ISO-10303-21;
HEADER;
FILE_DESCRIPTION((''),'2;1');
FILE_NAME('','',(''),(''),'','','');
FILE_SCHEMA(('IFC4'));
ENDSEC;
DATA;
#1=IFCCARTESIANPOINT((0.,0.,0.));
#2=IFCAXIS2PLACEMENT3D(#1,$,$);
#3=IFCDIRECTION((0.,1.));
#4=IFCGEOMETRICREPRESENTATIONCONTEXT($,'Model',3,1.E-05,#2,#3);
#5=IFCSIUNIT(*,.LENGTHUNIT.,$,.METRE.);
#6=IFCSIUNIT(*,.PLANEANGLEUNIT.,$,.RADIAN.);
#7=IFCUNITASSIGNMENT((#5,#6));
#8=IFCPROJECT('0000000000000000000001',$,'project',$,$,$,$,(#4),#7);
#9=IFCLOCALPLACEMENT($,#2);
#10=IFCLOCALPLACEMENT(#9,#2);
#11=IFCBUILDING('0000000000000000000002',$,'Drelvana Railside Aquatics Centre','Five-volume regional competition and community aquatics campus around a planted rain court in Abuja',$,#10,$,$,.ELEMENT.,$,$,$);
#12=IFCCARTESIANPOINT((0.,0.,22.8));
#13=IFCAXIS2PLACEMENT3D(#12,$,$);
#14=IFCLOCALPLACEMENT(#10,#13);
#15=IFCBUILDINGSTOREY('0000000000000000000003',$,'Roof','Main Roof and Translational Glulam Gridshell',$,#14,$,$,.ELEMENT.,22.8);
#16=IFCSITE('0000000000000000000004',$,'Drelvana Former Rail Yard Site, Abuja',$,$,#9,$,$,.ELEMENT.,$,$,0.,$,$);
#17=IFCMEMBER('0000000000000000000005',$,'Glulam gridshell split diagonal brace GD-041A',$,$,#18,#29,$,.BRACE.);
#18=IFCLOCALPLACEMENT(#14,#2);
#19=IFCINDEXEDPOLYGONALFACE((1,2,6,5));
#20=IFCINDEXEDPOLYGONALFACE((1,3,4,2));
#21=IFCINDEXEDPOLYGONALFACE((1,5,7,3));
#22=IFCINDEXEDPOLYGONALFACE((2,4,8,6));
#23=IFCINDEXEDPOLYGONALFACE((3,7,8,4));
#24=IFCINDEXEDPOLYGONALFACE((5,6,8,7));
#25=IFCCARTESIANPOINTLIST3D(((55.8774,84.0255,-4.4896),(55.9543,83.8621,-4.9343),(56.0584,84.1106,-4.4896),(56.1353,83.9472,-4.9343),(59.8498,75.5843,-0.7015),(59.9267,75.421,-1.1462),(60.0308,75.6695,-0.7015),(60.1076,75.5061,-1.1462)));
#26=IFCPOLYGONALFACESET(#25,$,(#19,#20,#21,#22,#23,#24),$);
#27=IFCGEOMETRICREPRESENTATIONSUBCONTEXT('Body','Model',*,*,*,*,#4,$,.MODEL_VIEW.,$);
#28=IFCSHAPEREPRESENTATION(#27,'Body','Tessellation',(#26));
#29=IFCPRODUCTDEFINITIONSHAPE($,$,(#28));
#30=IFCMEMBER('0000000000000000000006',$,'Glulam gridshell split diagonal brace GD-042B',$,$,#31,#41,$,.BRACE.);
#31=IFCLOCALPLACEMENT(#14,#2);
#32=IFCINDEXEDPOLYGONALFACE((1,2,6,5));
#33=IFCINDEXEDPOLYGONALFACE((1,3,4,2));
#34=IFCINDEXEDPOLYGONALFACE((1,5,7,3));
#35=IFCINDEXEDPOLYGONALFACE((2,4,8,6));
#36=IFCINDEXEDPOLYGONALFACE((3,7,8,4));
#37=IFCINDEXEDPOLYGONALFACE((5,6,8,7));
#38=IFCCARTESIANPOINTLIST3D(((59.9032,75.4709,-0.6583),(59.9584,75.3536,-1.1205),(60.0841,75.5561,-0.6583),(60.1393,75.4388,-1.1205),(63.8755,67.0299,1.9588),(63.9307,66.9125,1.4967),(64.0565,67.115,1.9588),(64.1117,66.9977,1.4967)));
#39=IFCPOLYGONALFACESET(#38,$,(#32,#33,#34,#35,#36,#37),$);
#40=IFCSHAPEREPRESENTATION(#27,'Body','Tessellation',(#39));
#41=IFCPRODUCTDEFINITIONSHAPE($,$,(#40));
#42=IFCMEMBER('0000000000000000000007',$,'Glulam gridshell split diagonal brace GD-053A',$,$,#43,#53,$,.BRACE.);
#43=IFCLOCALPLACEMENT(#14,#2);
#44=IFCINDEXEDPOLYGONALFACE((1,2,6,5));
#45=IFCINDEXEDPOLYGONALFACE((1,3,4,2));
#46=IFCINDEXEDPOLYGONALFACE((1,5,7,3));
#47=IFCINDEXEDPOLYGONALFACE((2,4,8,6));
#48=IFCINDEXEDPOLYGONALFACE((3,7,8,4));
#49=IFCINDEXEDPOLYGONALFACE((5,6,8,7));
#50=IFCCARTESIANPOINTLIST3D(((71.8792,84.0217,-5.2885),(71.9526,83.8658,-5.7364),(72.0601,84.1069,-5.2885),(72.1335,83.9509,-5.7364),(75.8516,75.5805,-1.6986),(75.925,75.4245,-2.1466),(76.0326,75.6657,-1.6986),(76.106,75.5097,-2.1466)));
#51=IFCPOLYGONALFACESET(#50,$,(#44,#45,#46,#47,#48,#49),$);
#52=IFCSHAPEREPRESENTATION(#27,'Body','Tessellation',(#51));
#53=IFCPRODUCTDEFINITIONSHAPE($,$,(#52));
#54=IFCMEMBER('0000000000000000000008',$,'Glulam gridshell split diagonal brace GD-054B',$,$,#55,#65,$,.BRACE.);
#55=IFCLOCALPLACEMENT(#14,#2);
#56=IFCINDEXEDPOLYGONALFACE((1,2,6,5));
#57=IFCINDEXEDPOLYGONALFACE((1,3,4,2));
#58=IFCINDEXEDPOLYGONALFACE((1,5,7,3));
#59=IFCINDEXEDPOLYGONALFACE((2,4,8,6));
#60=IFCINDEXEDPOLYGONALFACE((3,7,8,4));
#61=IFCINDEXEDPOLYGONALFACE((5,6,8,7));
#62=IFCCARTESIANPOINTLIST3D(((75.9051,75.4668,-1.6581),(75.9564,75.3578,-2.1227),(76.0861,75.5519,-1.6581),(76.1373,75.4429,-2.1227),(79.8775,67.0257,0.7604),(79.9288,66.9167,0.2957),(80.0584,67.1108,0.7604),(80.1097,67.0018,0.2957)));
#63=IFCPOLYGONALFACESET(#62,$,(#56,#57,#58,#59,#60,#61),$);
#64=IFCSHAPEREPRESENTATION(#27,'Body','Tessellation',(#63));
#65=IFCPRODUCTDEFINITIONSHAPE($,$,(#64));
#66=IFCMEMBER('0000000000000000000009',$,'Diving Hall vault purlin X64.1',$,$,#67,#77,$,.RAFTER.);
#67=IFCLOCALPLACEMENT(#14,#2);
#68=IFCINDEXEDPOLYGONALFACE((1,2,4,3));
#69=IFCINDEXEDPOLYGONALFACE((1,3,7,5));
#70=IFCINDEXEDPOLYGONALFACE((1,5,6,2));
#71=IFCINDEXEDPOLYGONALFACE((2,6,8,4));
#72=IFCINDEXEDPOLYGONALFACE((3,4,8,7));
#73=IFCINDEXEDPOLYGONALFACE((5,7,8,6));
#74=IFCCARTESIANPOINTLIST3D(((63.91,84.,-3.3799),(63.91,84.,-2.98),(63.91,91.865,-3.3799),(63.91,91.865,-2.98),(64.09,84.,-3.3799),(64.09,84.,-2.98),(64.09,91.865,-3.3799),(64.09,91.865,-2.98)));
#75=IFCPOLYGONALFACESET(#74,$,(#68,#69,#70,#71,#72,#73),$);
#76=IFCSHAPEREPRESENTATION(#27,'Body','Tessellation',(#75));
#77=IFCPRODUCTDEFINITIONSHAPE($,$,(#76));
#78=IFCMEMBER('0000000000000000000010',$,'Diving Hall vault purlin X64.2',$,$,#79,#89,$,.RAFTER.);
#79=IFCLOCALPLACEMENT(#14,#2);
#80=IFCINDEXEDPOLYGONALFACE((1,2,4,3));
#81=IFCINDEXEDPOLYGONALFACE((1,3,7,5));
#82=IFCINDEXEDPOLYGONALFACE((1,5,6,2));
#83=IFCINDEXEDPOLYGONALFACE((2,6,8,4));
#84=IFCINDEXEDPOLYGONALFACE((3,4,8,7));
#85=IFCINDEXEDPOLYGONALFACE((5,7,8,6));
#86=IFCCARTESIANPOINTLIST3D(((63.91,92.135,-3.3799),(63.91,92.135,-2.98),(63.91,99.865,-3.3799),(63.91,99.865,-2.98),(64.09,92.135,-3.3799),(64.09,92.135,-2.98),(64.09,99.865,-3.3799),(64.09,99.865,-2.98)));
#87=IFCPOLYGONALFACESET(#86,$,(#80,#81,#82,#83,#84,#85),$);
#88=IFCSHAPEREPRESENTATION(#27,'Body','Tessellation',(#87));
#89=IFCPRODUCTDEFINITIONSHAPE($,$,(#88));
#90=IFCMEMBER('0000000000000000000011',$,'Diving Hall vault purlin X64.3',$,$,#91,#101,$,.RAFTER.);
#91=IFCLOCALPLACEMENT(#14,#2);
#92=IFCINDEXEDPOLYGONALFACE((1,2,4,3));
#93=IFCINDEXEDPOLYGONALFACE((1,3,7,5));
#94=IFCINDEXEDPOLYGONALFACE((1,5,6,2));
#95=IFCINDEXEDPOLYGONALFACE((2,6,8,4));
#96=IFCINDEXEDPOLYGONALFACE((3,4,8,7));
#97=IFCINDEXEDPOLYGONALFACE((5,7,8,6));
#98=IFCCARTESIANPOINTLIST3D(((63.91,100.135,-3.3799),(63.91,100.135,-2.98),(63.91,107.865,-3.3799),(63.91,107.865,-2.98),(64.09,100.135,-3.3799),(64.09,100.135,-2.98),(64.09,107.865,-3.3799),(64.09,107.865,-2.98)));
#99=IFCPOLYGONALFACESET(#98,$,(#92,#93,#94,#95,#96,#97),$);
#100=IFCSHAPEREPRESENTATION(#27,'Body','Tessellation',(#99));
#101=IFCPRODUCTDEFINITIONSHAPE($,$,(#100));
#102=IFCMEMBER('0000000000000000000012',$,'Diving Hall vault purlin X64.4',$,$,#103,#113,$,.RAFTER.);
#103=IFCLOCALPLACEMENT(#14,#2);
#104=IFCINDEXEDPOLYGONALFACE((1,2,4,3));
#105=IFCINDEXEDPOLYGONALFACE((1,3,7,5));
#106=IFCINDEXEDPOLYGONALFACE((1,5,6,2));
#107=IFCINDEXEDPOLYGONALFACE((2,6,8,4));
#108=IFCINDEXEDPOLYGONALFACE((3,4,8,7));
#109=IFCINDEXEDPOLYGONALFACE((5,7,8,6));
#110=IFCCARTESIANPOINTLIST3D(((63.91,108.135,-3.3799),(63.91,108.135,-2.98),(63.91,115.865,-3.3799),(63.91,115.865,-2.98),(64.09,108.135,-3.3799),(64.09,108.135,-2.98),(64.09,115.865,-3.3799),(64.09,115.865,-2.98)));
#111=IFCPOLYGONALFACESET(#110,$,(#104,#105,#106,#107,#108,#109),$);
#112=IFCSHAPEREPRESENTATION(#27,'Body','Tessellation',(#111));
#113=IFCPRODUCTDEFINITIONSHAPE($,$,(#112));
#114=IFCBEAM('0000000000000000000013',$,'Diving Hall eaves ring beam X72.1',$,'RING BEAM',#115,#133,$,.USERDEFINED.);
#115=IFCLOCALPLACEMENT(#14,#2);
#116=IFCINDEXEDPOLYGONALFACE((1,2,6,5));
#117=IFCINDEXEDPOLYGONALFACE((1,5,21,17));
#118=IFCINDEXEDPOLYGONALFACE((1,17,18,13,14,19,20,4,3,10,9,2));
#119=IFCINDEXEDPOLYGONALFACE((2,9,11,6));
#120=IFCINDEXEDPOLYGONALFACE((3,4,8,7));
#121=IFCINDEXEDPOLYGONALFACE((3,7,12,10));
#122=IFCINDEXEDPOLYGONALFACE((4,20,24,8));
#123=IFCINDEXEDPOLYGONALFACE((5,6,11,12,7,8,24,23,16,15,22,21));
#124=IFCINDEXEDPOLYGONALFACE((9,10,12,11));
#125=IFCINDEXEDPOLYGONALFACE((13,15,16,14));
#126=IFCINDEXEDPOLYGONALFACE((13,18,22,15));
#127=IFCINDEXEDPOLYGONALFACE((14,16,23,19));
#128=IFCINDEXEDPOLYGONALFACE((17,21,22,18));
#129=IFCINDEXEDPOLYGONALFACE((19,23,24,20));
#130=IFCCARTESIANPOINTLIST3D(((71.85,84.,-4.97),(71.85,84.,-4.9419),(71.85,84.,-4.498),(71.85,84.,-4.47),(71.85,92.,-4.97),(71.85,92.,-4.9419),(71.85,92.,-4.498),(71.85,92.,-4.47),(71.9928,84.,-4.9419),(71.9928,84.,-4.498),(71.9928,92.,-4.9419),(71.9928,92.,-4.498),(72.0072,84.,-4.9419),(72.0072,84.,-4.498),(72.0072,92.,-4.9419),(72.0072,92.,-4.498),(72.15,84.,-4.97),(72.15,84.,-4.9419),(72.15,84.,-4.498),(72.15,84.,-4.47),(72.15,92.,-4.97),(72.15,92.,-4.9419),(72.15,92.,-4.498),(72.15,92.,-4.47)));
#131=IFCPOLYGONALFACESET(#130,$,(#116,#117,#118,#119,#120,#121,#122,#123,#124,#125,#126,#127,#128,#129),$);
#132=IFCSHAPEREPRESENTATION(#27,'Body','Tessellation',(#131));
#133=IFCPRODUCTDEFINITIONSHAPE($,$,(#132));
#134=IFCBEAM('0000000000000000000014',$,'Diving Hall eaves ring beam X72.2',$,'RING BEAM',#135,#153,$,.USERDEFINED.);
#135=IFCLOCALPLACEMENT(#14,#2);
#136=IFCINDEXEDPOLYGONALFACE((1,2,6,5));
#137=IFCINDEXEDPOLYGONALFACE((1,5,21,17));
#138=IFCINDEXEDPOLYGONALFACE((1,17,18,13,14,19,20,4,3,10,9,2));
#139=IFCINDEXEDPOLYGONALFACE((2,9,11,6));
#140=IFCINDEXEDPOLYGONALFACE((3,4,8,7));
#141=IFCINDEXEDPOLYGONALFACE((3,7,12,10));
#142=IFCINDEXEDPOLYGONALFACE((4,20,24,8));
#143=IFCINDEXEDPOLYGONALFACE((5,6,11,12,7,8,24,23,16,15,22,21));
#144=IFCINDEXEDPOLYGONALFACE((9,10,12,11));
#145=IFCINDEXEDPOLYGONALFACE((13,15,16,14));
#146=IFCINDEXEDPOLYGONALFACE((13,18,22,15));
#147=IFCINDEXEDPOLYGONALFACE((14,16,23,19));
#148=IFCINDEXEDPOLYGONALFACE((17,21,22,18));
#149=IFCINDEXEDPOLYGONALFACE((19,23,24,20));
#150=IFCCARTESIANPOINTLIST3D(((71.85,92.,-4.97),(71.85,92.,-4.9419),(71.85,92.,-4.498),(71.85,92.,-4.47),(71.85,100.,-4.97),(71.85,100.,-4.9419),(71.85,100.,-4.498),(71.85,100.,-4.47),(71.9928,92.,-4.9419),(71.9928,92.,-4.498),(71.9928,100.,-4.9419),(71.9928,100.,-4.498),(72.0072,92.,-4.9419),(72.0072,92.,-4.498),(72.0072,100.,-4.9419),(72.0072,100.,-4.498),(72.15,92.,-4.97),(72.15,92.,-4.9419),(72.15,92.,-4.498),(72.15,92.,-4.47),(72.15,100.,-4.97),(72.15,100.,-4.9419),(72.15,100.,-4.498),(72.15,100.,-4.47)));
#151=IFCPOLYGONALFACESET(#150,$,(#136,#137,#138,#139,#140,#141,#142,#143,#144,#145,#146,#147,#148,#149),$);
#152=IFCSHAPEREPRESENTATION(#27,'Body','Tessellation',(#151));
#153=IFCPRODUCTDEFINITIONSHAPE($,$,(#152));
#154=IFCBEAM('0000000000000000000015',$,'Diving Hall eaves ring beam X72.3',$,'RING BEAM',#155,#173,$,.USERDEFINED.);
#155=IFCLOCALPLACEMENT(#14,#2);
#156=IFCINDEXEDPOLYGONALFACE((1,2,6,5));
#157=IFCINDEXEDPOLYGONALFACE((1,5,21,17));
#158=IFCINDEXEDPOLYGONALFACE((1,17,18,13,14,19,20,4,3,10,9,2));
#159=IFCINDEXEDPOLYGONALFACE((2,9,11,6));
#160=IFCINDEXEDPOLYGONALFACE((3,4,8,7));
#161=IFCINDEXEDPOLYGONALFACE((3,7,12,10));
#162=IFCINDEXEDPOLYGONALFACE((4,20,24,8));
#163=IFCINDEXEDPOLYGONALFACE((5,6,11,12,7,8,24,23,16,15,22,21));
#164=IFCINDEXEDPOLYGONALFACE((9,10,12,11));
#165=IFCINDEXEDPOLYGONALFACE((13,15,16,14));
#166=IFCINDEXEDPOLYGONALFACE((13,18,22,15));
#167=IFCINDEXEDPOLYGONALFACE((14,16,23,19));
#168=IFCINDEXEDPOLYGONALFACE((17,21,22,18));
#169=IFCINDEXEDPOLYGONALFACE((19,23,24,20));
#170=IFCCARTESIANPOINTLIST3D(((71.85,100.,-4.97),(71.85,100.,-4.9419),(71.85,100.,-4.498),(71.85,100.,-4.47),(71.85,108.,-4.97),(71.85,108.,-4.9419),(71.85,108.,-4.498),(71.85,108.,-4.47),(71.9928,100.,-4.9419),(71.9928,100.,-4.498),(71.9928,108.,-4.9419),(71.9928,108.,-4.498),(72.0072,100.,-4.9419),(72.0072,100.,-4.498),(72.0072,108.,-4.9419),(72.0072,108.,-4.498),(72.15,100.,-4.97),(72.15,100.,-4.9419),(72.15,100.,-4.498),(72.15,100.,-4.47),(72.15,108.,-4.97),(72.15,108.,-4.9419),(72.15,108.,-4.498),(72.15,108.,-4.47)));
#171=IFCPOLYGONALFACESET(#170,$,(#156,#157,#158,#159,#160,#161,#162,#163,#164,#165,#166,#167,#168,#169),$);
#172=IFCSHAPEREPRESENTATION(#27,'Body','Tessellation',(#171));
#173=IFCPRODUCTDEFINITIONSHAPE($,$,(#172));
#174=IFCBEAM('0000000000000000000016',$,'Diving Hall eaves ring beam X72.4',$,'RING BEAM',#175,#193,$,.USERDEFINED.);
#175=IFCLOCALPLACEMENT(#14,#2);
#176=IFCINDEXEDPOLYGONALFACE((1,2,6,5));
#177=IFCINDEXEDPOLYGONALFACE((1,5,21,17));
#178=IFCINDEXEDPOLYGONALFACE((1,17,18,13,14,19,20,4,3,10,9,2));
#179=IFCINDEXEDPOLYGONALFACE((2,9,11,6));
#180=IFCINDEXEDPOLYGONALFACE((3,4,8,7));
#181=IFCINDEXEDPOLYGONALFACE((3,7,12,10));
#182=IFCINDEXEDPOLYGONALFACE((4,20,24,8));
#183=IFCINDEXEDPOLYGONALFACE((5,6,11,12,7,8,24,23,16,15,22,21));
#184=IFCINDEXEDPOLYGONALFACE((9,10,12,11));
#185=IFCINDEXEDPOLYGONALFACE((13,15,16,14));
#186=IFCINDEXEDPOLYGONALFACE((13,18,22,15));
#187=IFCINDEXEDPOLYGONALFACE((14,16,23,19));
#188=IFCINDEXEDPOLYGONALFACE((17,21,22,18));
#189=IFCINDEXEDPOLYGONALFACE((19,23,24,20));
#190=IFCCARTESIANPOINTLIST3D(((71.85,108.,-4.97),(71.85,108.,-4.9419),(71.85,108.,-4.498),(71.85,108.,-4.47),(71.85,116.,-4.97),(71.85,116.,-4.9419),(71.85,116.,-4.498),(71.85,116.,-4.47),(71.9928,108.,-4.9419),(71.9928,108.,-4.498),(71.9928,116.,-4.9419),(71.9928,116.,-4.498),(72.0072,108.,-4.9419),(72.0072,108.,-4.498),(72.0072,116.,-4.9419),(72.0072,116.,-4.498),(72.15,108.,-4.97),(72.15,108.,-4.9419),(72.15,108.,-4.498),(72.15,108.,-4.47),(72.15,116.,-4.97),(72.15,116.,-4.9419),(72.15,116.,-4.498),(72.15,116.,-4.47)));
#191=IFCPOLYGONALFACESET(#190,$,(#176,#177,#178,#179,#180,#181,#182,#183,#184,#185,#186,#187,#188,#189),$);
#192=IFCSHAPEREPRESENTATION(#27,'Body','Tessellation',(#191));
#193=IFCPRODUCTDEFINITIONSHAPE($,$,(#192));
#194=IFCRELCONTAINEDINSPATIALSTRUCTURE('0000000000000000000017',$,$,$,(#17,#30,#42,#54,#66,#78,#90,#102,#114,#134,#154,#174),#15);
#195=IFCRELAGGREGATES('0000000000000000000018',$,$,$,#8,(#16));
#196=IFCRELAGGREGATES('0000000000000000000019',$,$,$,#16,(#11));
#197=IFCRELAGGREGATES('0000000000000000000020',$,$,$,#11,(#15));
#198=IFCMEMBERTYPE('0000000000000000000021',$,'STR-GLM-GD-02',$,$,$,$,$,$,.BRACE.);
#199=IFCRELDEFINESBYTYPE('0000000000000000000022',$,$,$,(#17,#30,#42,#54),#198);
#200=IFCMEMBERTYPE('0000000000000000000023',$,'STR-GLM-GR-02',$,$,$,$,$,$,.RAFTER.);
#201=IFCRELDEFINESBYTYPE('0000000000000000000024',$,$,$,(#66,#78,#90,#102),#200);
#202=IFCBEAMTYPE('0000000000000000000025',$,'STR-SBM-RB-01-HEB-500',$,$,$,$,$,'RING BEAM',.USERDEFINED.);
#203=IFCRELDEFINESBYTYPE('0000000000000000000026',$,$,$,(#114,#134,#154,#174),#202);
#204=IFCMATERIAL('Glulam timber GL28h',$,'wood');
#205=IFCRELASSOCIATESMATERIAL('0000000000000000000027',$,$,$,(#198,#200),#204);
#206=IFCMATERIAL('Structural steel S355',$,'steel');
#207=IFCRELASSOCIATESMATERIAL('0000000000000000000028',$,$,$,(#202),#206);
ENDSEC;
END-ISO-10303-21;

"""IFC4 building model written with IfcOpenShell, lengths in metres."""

from ifc_helpers import new_model, si_unit, direction, frame, origin, origin_2d, place, context, subcontext, project, spatial, rectangle, i_section, extrude, material, material_profile, profile_set, type_object, element, save


model = new_model("IFC4")

# Units and contexts
model_context = context("Model", 3, precision=1e-05, world=origin(), true_north=direction((0.0, 1.0)))
body_context = subcontext(model_context, "Body", "Model", "MODEL_VIEW")
ifc_project = project(units=[si_unit("LENGTHUNIT", "METRE"), si_unit("PLANEANGLEUNIT", "RADIAN")], contexts=[model_context])

# Site, building, storey
site_placement = place(None, origin())
site = spatial("IfcSite", under=ifc_project, at=site_placement, Name="Drelvana Former Rail Yard Site, Abuja", CompositionType="ELEMENT", RefElevation=0.0)
building_placement = place(site_placement, origin())
building = spatial("IfcBuilding", under=site, at=building_placement, Name="Drelvana Railside Aquatics Centre", Description="Five-volume regional competition and community aquatics campus around a planted rain court in Abuja", CompositionType="ELEMENT")
storey_placement = place(building_placement, frame((0.0, 0.0, 22.8)))
storey = spatial("IfcBuildingStorey", under=building, at=storey_placement, Name="Roof", Description="Main Roof and Translational Glulam Gridshell", CompositionType="ELEMENT", Elevation=22.8)

# Members
ifc_material_1 = material(Name="Glulam timber GL28h", Category="wood")
ifc_material_profile_1 = material_profile(ifc_material_1, rectangle(XDim=0.2, YDim=0.48, at=origin_2d()), Name="GL28h 200x480")
ifc_profile_set_1 = profile_set([ifc_material_profile_1], Name="Glulam timber GL28h")
member_type_1 = type_object("IfcMemberType", Name="STR-GLM-GD-02", PredefinedType="BRACE", material=ifc_profile_set_1)
member_1_placement = place(storey_placement, frame((56.0063, 83.9863, -4.7119), z_axis=(0.394523, -0.83834, 0.376216), x_axis=(0.904815, 0.425806, 0.0)))
element("IfcMember", 1, at=member_1_placement, inside=storey, type_object=member_type_1, Name="Glulam gridshell split diagonal brace GD-041A", PredefinedType="BRACE", context=body_context, shape_type="SweptSolid", body=[
    extrude(rectangle(XDim=0.2, YDim=0.48, at=origin_2d()), origin(), (0.0, 0.0, 1.0), 10.0688),
])
member_2_placement = place(storey_placement, frame((60.0212, 75.4548, -0.8894), z_axis=(0.409978, -0.871182, 0.270111), x_axis=(0.904815, 0.425806, 0.0)))
element("IfcMember", 2, at=member_2_placement, inside=storey, type_object=member_type_1, Name="Glulam gridshell split diagonal brace GD-042B", PredefinedType="BRACE", context=body_context, shape_type="SweptSolid", body=[
    extrude(rectangle(XDim=0.2, YDim=0.48, at=origin_2d()), origin(), (0.0, 0.0, 1.0), 9.6892),
])
member_3_placement = place(storey_placement, frame((72.0063, 83.9863, -5.5125), z_axis=(0.3974, -0.844453, 0.359128), x_axis=(0.904815, 0.425806, 0.0)))
element("IfcMember", 3, at=member_3_placement, inside=storey, type_object=member_type_1, Name="Glulam gridshell split diagonal brace GD-053A", PredefinedType="BRACE", context=body_context, shape_type="SweptSolid", body=[
    extrude(rectangle(XDim=0.2, YDim=0.48, at=origin_2d()), origin(), (0.0, 0.0, 1.0), 9.9961),
])
member_4_placement = place(storey_placement, frame((76.0212, 75.4548, -1.8904), z_axis=(0.412181, -0.875863, 0.250941), x_axis=(0.904815, 0.425806, 0.0)))
element("IfcMember", 4, at=member_4_placement, inside=storey, type_object=member_type_1, Name="Glulam gridshell split diagonal brace GD-054B", PredefinedType="BRACE", context=body_context, shape_type="SweptSolid", body=[
    extrude(rectangle(XDim=0.2, YDim=0.48, at=origin_2d()), origin(), (0.0, 0.0, 1.0), 9.6375),
])
ifc_material_profile_2 = material_profile(ifc_material_1, rectangle(XDim=0.1799, YDim=0.3999, at=origin_2d()), Name="GL28h 180x400")
ifc_profile_set_2 = profile_set([ifc_material_profile_2], Name="Glulam timber GL28h")
member_type_2 = type_object("IfcMemberType", Name="STR-GLM-GR-02", PredefinedType="RAFTER", material=ifc_profile_set_2)
member_5_placement = place(storey_placement, frame((64.0, 84.0, -3.1799), z_axis=(0.0, 1.0, 0.0), x_axis=(-1.0, 0.0, 0.0)))
element("IfcMember", 5, at=member_5_placement, inside=storey, type_object=member_type_2, Name="Diving Hall vault purlin X64.1", PredefinedType="RAFTER", context=body_context, shape_type="SweptSolid", body=[
    extrude(rectangle(XDim=0.1799, YDim=0.3999, at=origin_2d()), origin(), (0.0, 0.0, 1.0), 7.865),
])
for number, where, z_axis, x_axis, name in (
    (6, (64.0, 92.135, -3.1799), (0.0, 1.0, 0.0), (-1.0, 0.0, 0.0), "Diving Hall vault purlin X64.2"),
    (7, (64.0, 100.135, -3.1799), (0.0, 1.0, 0.0), (-1.0, 0.0, 0.0), "Diving Hall vault purlin X64.3"),
    (8, (64.0, 108.135, -3.1799), (0.0, 1.0, 0.0), (-1.0, 0.0, 0.0), "Diving Hall vault purlin X64.4"),
):
    element("IfcMember", number, at=place(storey_placement, frame(where, z_axis=z_axis, x_axis=x_axis)), inside=storey, type_object=member_type_2, Name=name, PredefinedType="RAFTER", context=body_context, shape_type="SweptSolid", body=[
        extrude(rectangle(XDim=0.1799, YDim=0.3999, at=origin_2d()), origin(), (0.0, 0.0, 1.0), 7.73),
    ])

# Beams
ifc_material_2 = material(Name="Structural steel S355", Category="steel")
ifc_material_profile_3 = material_profile(ifc_material_2, i_section(OverallWidth=0.3, OverallDepth=0.5, WebThickness=0.0144, FlangeThickness=0.0281, at=origin_2d()), Name="HEB 500")
ifc_profile_set_3 = profile_set([ifc_material_profile_3], Name="Structural steel S355")
beam_type_1 = type_object("IfcBeamType", Name="STR-SBM-RB-01-HEB-500", ElementType="RING BEAM", PredefinedType="USERDEFINED", material=ifc_profile_set_3)
for number, where, z_axis, x_axis, name in (
    (9, (72.0, 84.0, -4.72), (0.0, 1.0, 0.0), (-1.0, 0.0, 0.0), "Diving Hall eaves ring beam X72.1"),
    (10, (72.0, 92.0, -4.72), (0.0, 1.0, 0.0), (-1.0, 0.0, 0.0), "Diving Hall eaves ring beam X72.2"),
    (11, (72.0, 100.0, -4.72), (0.0, 1.0, 0.0), (-1.0, 0.0, 0.0), "Diving Hall eaves ring beam X72.3"),
    (12, (72.0, 108.0, -4.72), (0.0, 1.0, 0.0), (-1.0, 0.0, 0.0), "Diving Hall eaves ring beam X72.4"),
):
    element("IfcBeam", number, at=place(storey_placement, frame(where, z_axis=z_axis, x_axis=x_axis)), inside=storey, type_object=beam_type_1, Name=name, ObjectType="RING BEAM", PredefinedType="USERDEFINED", context=body_context, shape_type="SweptSolid", body=[
        extrude(i_section(OverallWidth=0.3, OverallDepth=0.5, WebThickness=0.0144, FlangeThickness=0.0281, at=origin_2d()), origin(), (0.0, 0.0, 1.0), 8.0),
    ])

save(model, "model.ifc")
